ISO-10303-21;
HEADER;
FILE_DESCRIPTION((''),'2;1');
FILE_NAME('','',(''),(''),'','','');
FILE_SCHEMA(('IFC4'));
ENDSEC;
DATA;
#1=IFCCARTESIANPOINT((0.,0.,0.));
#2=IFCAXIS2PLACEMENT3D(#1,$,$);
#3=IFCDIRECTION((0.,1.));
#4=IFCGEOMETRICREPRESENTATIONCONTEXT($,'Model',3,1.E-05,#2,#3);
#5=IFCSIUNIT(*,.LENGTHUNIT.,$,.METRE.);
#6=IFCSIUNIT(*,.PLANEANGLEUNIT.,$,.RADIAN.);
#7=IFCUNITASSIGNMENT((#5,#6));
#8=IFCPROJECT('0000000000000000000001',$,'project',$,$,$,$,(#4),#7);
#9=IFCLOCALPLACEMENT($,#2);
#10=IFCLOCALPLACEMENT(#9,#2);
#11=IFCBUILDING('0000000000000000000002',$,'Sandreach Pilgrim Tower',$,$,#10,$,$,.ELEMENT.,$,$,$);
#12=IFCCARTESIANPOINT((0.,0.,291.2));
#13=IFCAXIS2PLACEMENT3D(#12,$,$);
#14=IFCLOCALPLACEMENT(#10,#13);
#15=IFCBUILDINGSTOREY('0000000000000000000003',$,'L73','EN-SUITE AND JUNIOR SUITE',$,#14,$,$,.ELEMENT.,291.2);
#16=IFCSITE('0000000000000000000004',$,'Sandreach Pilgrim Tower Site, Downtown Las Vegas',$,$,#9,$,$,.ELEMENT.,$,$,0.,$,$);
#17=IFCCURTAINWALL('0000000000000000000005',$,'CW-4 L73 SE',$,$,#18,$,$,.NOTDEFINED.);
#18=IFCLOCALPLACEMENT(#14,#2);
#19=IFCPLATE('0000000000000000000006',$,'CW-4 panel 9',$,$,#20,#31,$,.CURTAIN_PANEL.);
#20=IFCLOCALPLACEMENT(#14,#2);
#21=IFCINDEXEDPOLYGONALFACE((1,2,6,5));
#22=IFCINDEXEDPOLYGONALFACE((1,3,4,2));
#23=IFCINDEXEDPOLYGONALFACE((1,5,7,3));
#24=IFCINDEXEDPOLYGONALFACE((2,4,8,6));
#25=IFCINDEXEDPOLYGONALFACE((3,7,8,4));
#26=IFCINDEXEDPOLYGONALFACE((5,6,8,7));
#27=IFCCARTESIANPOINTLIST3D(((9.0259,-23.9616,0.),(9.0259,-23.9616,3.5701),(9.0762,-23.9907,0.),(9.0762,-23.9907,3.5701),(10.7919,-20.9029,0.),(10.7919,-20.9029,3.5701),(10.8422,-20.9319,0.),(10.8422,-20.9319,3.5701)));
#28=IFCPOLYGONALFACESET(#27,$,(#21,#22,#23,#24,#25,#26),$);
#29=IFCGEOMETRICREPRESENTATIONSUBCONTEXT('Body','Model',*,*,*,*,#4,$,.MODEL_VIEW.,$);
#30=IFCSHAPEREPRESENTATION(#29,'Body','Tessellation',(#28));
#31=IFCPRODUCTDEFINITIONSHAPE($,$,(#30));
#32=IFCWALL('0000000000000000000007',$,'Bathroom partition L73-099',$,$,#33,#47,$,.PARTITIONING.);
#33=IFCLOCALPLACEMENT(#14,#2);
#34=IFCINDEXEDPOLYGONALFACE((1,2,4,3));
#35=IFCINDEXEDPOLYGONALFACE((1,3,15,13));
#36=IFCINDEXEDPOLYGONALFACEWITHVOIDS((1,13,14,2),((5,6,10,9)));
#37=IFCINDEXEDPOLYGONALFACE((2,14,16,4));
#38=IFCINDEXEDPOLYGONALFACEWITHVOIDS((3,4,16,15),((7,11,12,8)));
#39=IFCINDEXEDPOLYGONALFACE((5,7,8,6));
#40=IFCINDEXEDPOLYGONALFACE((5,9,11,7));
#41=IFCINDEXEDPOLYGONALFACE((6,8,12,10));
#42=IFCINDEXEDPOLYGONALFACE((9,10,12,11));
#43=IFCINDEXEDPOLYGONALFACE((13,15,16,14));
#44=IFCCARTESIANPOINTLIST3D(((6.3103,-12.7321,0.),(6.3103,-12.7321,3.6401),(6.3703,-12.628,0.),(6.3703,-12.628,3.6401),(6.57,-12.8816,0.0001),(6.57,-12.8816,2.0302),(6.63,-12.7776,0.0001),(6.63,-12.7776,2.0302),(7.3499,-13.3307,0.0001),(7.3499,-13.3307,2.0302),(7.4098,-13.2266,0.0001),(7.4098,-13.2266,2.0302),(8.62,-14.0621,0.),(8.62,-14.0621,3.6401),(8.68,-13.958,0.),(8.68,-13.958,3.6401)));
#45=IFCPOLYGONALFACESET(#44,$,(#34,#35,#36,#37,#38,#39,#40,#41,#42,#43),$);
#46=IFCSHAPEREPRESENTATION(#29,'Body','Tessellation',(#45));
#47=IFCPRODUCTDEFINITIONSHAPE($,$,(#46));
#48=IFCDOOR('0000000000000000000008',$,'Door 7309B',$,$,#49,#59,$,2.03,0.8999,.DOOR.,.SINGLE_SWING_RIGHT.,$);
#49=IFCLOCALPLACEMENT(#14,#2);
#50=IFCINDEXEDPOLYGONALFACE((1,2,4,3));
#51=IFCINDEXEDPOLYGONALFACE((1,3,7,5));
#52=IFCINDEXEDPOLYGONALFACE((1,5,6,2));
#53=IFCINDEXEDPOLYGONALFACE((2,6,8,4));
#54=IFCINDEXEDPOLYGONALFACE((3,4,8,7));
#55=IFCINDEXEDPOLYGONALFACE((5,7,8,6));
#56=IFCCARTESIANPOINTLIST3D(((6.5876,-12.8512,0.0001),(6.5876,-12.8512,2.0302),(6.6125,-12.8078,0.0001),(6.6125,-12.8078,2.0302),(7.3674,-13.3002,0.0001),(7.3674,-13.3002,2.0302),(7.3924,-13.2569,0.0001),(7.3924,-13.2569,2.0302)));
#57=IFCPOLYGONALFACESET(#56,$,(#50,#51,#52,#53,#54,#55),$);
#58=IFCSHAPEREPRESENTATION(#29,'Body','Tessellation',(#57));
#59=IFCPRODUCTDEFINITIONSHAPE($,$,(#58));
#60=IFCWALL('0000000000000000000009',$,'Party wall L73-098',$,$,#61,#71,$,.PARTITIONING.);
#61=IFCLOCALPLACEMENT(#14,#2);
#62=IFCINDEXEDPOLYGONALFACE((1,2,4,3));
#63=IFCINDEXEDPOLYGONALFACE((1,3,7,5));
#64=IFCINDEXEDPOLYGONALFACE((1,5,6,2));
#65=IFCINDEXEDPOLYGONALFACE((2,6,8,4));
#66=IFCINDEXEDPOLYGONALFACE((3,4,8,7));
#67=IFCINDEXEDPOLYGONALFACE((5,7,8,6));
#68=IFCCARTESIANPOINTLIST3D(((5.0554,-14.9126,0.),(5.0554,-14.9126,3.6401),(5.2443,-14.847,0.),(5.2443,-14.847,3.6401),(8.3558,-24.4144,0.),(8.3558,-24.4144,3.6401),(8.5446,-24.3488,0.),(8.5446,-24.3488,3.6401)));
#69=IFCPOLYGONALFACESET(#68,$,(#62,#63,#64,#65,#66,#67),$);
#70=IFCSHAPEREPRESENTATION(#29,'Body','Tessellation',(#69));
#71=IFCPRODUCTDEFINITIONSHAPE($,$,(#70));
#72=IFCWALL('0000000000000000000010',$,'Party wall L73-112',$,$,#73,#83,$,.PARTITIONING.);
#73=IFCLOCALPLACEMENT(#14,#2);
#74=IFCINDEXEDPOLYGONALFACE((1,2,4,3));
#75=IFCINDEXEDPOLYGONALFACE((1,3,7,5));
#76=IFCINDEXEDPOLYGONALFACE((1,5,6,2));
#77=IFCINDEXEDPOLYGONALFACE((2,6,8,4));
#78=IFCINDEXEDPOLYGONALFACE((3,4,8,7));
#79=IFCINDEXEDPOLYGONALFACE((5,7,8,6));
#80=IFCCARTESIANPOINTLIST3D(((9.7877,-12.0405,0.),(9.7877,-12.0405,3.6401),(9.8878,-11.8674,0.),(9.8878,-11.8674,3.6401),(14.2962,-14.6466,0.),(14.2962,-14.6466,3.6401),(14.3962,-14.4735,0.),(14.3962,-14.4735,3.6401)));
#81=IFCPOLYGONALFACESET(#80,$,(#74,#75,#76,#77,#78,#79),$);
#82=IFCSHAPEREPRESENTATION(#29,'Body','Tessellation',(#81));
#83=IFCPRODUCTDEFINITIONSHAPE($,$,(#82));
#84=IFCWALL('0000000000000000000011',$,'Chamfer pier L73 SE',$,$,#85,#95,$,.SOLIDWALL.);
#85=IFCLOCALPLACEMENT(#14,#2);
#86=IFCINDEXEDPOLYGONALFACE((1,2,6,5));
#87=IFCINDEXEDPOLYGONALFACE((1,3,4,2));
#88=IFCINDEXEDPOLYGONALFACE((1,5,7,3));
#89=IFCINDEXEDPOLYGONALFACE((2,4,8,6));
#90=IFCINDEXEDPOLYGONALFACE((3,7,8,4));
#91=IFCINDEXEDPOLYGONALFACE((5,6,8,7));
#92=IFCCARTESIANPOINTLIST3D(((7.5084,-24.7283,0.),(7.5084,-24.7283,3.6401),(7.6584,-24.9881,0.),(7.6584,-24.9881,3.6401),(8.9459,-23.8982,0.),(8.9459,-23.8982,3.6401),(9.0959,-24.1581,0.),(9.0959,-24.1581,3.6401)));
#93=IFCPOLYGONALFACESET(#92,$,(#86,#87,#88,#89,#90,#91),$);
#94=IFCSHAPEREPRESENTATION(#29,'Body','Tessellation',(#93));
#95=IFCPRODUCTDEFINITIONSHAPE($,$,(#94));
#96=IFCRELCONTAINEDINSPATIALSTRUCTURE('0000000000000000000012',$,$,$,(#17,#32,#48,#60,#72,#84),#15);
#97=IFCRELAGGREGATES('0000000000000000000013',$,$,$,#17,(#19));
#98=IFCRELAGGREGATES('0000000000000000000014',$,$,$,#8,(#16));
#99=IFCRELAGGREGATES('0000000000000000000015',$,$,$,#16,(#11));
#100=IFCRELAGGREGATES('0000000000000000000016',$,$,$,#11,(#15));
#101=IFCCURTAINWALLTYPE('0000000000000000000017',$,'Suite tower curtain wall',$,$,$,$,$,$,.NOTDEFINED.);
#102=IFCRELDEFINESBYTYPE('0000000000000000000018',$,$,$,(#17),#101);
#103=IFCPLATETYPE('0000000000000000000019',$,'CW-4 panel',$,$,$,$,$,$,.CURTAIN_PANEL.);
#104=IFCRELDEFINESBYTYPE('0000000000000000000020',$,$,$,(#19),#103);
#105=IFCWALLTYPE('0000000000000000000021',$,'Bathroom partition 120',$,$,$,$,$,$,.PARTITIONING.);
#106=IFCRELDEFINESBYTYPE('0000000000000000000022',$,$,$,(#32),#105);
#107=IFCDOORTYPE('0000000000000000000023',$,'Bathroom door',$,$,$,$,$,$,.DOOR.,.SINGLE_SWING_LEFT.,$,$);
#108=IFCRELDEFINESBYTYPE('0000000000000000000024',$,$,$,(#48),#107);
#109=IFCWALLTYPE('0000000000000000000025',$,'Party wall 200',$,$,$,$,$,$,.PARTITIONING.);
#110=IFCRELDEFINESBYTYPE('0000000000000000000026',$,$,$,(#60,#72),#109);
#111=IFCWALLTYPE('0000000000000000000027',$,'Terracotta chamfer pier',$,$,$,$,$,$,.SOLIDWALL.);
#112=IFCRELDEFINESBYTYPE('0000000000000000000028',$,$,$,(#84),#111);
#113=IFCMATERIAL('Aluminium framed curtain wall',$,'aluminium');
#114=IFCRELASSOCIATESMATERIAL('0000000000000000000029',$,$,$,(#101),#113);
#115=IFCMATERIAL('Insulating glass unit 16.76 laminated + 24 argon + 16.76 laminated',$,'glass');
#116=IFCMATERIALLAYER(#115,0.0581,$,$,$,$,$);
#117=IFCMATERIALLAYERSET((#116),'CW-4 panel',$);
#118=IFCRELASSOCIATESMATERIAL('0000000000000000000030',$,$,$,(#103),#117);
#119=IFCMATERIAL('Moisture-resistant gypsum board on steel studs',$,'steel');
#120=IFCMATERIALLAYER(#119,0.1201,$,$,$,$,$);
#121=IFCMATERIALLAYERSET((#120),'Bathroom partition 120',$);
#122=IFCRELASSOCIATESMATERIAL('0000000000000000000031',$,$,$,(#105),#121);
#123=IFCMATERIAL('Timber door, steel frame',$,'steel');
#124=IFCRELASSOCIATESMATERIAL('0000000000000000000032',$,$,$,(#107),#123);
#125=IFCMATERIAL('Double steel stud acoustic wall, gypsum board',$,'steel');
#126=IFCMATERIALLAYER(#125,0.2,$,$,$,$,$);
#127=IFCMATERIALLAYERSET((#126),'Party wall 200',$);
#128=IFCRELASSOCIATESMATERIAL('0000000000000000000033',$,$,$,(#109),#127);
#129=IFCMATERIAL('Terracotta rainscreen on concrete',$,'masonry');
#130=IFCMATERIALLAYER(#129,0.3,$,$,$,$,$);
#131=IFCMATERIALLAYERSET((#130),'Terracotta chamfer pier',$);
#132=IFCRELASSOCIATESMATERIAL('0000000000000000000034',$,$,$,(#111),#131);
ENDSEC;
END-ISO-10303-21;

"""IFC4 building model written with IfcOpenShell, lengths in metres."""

from ifc_helpers import new_model, si_unit, direction, frame, frame_2d, origin, origin_2d, place, context, subcontext, project, spatial, rectangle, extrude, material, layer, layer_set, type_object, element, fill, aggregate, save


model = new_model("IFC4")

# Units and contexts
model_context = context("Model", 3, precision=1e-05, world=origin(), true_north=direction((0.0, 1.0)))
body_context = subcontext(model_context, "Body", "Model", "MODEL_VIEW")
ifc_project = project(units=[si_unit("LENGTHUNIT", "METRE"), si_unit("PLANEANGLEUNIT", "RADIAN")], contexts=[model_context])

# Site, building, storey
site_placement = place(None, origin())
site = spatial("IfcSite", under=ifc_project, at=site_placement, Name="Sandreach Pilgrim Tower Site, Downtown Las Vegas", CompositionType="ELEMENT", RefElevation=0.0)
building_placement = place(site_placement, origin())
building = spatial("IfcBuilding", under=site, at=building_placement, Name="Sandreach Pilgrim Tower", CompositionType="ELEMENT")
storey_placement = place(building_placement, frame((0.0, 0.0, 291.2)))
storey = spatial("IfcBuildingStorey", under=building, at=storey_placement, Name="L73", Description="EN-SUITE AND JUNIOR SUITE", CompositionType="ELEMENT", Elevation=291.2)

# Curtain wall
ifc_material_1 = material(Name="Aluminium framed curtain wall", Category="aluminium")
curtain_wall_type = type_object("IfcCurtainWallType", Name="Suite tower curtain wall", PredefinedType="NOTDEFINED", material=ifc_material_1)
curtain_wall_1_placement = place(storey_placement, origin())
curtain_wall_1 = element("IfcCurtainWall", 1, at=curtain_wall_1_placement, inside=storey, type_object=curtain_wall_type, Name="CW-4 L73 SE", PredefinedType="NOTDEFINED")

# Plate
ifc_material_2 = material(Name="Insulating glass unit 16.76 laminated + 24 argon + 16.76 laminated", Category="glass")
ifc_layer_1 = layer(ifc_material_2, 0.0581)
ifc_layer_set_1 = layer_set([ifc_layer_1], Name="CW-4 panel")
plate_type = type_object("IfcPlateType", Name="CW-4 panel", PredefinedType="CURTAIN_PANEL", material=ifc_layer_set_1)
plate_1_placement = place(storey_placement, frame((9.9341, -22.4468, 0.0), z_axis=(0.0, 0.0, 1.0), x_axis=(-0.5, -0.866025, 0.0)))
plate_1 = element("IfcPlate", 2, at=plate_1_placement, type_object=plate_type, Name="CW-4 panel 9", PredefinedType="CURTAIN_PANEL", context=body_context, shape_type="SweptSolid", body=[
    extrude(rectangle(XDim=3.532, YDim=0.0581, at=origin_2d()), origin(), (0.0, 0.0, 1.0), 3.5701),
])
aggregate(curtain_wall_1, [plate_1])

# Wall, opening, door
ifc_material_3 = material(Name="Moisture-resistant gypsum board on steel studs", Category="steel")
ifc_layer_2 = layer(ifc_material_3, 0.1201)
ifc_layer_set_2 = layer_set([ifc_layer_2], Name="Bathroom partition 120")
wall_type_1 = type_object("IfcWallType", Name="Bathroom partition 120", PredefinedType="PARTITIONING", material=ifc_layer_set_2)
wall_1_placement = place(storey_placement, frame((8.6499, -14.01, 0.0), z_axis=(0.0, 0.0, 1.0), x_axis=(-0.866592, 0.499017, 0.0)))
wall_1 = element("IfcWall", 3, at=wall_1_placement, inside=storey, type_object=wall_type_1, Name="Bathroom partition L73-099", PredefinedType="PARTITIONING", context=body_context, shape_type="SweptSolid", body=[
    extrude(rectangle(XDim=2.6653, YDim=0.1201, at=frame_2d((1.3325, 0.0))), origin(), (0.0, 0.0, 1.0), 3.6401),
])
opening_placement = place(wall_1_placement, frame((1.4656, 0.0, 0.0)))
opening = element("IfcOpeningElement", 4, at=opening_placement, cuts=wall_1, PredefinedType="OPENING", context=body_context, shape_type="SweptSolid", body=[
    extrude(rectangle(XDim=0.8999, YDim=2.03, at=frame_2d((0.45, 1.0151))), frame((0.0, 0.0601, 0.0), z_axis=(0.0, -1.0, 0.0), x_axis=(1.0, 0.0, 0.0)), (0.0, 0.0, 1.0), 0.1201),
])
ifc_material_4 = material(Name="Timber door, steel frame", Category="steel")
door_type = type_object("IfcDoorType", Name="Bathroom door", OperationType="SINGLE_SWING_LEFT", PredefinedType="DOOR", material=ifc_material_4)
door_placement = place(opening_placement, origin())
door = element("IfcDoor", 5, at=door_placement, inside=storey, type_object=door_type, Name="Door 7309B", OperationType="SINGLE_SWING_RIGHT", OverallHeight=2.03, OverallWidth=0.8999, PredefinedType="DOOR", context=body_context, shape_type="SweptSolid", body=[
    extrude(rectangle(XDim=0.8999, YDim=2.03, at=frame_2d((0.45, 1.0151))), frame((0.0, 0.0249, 0.0), z_axis=(0.0, -1.0, 0.0), x_axis=(1.0, 0.0, 0.0)), (0.0, 0.0, 1.0), 0.05),
])
fill(opening, door)

# Walls
ifc_material_5 = material(Name="Double steel stud acoustic wall, gypsum board", Category="steel")
ifc_layer_3 = layer(ifc_material_5, 0.2)
ifc_layer_set_3 = layer_set([ifc_layer_3], Name="Party wall 200")
wall_type_2 = type_object("IfcWallType", Name="Party wall 200", PredefinedType="PARTITIONING", material=ifc_layer_set_3)
wall_2_placement = place(storey_placement, frame((8.4502, -24.3816, 0.0), z_axis=(0.0, 0.0, 1.0), x_axis=(-0.328108, 0.94464, 0.0)))
element("IfcWall", 6, at=wall_2_placement, inside=storey, type_object=wall_type_2, Name="Party wall L73-098", PredefinedType="PARTITIONING", context=body_context, shape_type="SweptSolid", body=[
    extrude(rectangle(XDim=10.0586, YDim=0.2, at=frame_2d((5.0293, 0.0))), origin(), (0.0, 0.0, 1.0), 3.6401),
])
wall_3_placement = place(storey_placement, frame((14.3462, -14.5601, 0.0), z_axis=(0.0, 0.0, 1.0), x_axis=(-0.86576, 0.50046, 0.0)))
element("IfcWall", 7, at=wall_3_placement, inside=storey, type_object=wall_type_2, Name="Party wall L73-112", PredefinedType="PARTITIONING", context=body_context, shape_type="SweptSolid", body=[
    extrude(rectangle(XDim=5.2075, YDim=0.2, at=frame_2d((2.6038, 0.0))), origin(), (0.0, 0.0, 1.0), 3.6401),
])
ifc_material_6 = material(Name="Terracotta rainscreen on concrete", Category="masonry")
ifc_layer_4 = layer(ifc_material_6, 0.3)
ifc_layer_set_4 = layer_set([ifc_layer_4], Name="Terracotta chamfer pier")
wall_type_3 = type_object("IfcWallType", Name="Terracotta chamfer pier", PredefinedType="SOLIDWALL", material=ifc_layer_set_4)
wall_4_placement = place(storey_placement, frame((9.021, -24.0281, 0.0), z_axis=(0.0, 0.0, 1.0), x_axis=(-0.86599, -0.500062, 0.0)))
element("IfcWall", 8, at=wall_4_placement, inside=storey, type_object=wall_type_3, Name="Chamfer pier L73 SE", PredefinedType="SOLIDWALL", context=body_context, shape_type="SweptSolid", body=[
    extrude(rectangle(XDim=1.6599, YDim=0.3, at=frame_2d((0.8301, 0.0))), origin(), (0.0, 0.0, 1.0), 3.6401),
])

save(model, "model.ifc")
